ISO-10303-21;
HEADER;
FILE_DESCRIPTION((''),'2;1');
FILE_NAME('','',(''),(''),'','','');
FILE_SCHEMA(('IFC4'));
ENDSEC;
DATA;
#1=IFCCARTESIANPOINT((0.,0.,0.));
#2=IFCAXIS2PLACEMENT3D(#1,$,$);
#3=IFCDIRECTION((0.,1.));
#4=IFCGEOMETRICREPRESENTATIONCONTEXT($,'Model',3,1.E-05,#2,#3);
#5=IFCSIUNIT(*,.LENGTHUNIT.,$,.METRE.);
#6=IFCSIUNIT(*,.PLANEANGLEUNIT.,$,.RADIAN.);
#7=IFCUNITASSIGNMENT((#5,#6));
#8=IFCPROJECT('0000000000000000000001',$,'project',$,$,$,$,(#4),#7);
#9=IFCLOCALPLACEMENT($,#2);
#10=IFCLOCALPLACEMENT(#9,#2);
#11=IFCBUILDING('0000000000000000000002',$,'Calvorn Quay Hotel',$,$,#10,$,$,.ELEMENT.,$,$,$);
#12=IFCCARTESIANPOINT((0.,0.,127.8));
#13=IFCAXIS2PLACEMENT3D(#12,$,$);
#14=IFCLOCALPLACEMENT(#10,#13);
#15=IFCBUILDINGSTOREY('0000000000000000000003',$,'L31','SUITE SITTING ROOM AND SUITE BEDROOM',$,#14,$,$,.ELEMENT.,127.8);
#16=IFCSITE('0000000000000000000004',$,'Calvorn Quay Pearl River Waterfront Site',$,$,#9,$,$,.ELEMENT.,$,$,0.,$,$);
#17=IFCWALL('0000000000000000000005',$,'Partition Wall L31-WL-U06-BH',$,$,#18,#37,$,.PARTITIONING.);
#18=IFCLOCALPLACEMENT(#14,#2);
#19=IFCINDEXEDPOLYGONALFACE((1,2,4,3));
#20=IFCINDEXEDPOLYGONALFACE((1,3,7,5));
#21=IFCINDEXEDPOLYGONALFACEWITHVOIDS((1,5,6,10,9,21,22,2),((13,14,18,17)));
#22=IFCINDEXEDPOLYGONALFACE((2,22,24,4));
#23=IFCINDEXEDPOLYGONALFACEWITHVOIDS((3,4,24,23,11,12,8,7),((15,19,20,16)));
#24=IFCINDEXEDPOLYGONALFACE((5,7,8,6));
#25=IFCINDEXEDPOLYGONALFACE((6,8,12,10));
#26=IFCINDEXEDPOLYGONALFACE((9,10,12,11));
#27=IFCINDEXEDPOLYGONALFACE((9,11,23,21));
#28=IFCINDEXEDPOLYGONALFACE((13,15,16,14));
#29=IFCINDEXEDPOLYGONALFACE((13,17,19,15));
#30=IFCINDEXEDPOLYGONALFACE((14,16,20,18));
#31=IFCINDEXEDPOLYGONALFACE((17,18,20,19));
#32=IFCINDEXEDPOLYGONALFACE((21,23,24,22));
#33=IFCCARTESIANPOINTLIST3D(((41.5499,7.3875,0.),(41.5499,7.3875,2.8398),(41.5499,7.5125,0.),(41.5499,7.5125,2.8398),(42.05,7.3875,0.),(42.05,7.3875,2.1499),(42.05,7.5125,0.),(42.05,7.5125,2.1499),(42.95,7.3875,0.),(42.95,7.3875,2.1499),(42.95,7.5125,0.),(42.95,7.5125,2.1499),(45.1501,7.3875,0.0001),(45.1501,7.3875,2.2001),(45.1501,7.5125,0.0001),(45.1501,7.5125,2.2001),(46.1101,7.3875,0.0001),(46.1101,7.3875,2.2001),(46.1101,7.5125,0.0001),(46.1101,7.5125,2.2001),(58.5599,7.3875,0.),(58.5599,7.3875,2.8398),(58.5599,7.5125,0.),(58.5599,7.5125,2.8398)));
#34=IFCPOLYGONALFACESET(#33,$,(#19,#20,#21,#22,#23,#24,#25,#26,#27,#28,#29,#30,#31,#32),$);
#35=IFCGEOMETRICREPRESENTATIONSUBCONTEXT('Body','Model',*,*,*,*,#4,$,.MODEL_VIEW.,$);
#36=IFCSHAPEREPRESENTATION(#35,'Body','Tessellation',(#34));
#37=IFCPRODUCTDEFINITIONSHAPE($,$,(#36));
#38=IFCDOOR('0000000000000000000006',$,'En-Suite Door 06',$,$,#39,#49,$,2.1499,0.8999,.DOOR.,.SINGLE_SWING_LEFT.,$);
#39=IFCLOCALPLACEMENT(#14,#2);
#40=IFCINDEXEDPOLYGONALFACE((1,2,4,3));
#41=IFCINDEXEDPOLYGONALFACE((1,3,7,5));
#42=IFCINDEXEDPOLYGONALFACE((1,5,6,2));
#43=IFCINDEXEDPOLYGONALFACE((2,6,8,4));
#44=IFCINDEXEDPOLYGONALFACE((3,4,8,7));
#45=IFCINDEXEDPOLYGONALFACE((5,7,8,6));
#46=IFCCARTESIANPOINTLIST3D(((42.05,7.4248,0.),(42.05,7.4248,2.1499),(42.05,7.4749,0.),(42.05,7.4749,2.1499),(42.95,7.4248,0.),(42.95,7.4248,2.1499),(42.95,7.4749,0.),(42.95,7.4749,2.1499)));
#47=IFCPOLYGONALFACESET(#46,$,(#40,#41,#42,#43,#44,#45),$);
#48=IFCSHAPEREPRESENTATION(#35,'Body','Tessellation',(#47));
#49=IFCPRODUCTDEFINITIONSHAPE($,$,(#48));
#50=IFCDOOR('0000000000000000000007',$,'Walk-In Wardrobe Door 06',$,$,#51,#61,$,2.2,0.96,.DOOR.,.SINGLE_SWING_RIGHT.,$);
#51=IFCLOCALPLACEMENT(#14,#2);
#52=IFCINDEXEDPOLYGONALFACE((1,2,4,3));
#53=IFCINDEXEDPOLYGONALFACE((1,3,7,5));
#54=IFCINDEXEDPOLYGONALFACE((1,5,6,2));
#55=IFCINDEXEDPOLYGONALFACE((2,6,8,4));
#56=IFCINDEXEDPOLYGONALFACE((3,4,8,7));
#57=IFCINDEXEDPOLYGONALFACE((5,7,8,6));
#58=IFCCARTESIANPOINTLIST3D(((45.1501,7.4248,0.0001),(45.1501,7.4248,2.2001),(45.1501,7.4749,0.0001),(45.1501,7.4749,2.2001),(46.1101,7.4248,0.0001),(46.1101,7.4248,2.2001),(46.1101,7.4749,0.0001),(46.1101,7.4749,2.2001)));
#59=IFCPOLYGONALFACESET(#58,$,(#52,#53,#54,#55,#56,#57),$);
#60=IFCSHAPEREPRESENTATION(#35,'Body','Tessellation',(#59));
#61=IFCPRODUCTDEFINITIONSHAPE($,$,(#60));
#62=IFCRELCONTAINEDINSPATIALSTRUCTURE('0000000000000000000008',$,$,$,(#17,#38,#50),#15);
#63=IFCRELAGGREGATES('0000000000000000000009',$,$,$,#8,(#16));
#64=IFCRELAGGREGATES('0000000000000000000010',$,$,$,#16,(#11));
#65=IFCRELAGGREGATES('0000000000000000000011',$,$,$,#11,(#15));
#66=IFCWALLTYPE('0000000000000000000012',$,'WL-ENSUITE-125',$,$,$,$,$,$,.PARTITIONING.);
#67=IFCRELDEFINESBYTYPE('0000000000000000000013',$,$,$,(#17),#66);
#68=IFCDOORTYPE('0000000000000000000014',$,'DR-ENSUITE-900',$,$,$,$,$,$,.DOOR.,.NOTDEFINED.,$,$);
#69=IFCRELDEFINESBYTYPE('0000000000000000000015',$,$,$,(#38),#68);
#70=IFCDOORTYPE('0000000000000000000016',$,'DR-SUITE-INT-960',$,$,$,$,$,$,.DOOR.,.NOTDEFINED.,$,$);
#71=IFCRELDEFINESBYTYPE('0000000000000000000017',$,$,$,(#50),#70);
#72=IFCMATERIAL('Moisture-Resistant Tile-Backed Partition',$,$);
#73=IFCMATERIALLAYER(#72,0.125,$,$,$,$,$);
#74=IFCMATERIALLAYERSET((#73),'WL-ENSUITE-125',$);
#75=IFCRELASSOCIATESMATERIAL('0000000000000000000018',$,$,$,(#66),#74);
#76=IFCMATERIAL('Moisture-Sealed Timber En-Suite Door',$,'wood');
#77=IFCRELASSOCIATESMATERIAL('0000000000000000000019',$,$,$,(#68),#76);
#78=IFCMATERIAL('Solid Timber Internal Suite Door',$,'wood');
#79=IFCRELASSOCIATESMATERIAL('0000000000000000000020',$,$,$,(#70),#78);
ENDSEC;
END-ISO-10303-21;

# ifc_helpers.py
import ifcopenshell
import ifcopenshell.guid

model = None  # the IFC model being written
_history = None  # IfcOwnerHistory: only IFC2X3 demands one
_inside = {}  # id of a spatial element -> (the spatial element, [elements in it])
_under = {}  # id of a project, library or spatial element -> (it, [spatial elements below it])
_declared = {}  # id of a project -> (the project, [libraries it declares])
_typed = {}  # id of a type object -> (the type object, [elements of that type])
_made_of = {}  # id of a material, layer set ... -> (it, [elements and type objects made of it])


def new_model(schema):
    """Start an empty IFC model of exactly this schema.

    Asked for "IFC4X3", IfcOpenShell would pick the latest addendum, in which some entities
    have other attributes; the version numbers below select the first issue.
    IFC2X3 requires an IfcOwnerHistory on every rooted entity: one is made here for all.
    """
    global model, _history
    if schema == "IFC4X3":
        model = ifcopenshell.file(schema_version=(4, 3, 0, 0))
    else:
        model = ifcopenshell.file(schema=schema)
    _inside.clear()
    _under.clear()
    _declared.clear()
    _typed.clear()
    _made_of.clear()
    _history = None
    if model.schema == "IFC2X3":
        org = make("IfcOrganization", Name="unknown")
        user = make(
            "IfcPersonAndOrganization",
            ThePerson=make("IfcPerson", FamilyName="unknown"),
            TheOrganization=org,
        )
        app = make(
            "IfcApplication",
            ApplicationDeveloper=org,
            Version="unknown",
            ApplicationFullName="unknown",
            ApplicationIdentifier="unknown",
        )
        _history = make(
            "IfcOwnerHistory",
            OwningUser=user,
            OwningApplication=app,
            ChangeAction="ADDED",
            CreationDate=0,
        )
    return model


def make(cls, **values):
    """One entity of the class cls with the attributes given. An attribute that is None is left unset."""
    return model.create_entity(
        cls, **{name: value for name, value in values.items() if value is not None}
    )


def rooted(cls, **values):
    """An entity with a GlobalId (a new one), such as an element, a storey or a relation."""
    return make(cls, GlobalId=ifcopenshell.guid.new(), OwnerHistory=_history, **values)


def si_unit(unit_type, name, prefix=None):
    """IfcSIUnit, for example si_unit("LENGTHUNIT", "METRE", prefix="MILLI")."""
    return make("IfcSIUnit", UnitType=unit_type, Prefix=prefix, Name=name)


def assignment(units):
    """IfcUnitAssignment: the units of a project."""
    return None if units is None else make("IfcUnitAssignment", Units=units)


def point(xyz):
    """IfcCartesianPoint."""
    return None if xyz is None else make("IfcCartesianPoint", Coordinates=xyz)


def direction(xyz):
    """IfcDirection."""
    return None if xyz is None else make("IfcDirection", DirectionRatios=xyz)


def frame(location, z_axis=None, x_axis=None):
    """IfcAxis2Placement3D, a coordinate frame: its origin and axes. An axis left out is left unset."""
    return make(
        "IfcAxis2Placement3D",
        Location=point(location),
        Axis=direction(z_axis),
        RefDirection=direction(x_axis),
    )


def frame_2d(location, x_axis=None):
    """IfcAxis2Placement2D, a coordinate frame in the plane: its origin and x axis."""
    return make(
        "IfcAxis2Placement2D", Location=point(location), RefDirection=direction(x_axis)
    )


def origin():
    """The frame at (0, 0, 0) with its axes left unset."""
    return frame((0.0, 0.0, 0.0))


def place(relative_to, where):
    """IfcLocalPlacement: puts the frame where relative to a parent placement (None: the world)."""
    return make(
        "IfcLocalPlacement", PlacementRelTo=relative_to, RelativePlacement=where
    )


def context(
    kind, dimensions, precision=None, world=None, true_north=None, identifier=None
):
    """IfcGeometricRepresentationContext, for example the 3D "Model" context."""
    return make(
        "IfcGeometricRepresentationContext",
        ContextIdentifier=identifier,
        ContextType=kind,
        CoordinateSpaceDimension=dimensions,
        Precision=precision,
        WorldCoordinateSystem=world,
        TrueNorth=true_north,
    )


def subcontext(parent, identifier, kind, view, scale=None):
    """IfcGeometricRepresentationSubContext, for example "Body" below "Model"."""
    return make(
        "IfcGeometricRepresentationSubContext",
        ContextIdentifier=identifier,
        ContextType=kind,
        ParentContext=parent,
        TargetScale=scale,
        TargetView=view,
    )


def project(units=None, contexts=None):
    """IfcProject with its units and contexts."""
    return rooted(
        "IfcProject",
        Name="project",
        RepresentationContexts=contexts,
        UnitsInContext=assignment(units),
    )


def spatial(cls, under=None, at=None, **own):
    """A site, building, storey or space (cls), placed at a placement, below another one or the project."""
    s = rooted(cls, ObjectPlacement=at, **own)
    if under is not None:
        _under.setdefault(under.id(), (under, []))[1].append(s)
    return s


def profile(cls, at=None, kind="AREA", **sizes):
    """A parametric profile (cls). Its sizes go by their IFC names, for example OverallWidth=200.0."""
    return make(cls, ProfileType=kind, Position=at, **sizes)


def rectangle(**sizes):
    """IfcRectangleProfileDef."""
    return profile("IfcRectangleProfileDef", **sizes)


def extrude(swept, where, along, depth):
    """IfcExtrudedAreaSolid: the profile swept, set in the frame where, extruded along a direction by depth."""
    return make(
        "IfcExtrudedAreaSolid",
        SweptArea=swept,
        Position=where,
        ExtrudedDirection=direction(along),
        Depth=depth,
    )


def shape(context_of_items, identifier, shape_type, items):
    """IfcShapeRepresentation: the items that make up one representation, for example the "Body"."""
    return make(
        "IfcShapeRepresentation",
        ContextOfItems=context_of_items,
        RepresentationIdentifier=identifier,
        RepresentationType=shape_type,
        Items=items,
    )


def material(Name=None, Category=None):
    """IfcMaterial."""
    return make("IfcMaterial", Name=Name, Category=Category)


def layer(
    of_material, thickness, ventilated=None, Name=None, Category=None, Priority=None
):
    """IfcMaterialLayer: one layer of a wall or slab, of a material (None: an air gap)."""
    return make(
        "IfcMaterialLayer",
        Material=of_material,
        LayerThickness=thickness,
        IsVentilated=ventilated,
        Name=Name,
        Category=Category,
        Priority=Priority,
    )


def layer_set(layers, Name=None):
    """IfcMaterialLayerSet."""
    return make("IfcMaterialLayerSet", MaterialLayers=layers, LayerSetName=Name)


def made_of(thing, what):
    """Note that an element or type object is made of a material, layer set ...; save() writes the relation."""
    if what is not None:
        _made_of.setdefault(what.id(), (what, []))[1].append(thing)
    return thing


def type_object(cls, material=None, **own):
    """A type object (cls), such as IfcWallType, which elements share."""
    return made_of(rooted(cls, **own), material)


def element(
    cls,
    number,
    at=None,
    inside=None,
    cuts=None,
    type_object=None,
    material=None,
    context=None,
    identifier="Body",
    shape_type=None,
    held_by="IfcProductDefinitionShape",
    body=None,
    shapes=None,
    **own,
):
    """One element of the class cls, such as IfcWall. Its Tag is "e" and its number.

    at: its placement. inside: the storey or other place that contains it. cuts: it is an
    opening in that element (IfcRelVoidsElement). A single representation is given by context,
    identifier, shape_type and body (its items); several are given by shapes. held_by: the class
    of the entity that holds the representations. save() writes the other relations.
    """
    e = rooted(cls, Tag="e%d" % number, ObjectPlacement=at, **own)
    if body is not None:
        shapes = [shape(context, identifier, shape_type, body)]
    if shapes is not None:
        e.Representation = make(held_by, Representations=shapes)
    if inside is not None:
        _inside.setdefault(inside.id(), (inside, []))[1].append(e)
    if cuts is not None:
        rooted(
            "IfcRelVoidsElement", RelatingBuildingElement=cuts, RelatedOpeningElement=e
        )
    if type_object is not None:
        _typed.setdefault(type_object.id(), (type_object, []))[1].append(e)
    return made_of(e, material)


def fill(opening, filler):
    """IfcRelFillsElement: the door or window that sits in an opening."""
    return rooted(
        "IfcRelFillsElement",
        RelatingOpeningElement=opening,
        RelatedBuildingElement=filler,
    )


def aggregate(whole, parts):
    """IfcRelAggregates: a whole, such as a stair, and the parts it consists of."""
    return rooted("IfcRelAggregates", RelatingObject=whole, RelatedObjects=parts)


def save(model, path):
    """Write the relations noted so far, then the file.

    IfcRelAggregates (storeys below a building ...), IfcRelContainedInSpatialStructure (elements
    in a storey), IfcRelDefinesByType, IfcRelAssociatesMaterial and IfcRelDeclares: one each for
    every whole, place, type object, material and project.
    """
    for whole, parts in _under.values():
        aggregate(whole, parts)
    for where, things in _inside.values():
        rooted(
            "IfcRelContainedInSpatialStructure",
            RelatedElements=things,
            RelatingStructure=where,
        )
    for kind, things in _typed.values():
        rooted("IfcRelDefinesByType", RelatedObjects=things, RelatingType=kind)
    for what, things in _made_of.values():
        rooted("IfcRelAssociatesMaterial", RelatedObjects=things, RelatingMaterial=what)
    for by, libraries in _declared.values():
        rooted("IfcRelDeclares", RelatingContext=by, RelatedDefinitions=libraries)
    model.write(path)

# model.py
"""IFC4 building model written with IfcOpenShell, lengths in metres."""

from ifc_helpers import new_model, si_unit, direction, frame, frame_2d, origin, place, context, subcontext, project, spatial, rectangle, extrude, material, layer, layer_set, type_object, element, fill, save


model = new_model("IFC4")

# Units and contexts
model_context = context("Model", 3, precision=1e-05, world=origin(), true_north=direction((0.0, 1.0)))
body_context = subcontext(model_context, "Body", "Model", "MODEL_VIEW")
ifc_project = project(units=[si_unit("LENGTHUNIT", "METRE"), si_unit("PLANEANGLEUNIT", "RADIAN")], contexts=[model_context])

# Site, building, storey
site_placement = place(None, origin())
site = spatial("IfcSite", under=ifc_project, at=site_placement, Name="Calvorn Quay Pearl River Waterfront Site", CompositionType="ELEMENT", RefElevation=0.0)
building_placement = place(site_placement, origin())
building = spatial("IfcBuilding", under=site, at=building_placement, Name="Calvorn Quay Hotel", CompositionType="ELEMENT")
storey_placement = place(building_placement, frame((0.0, 0.0, 127.8)))
storey = spatial("IfcBuildingStorey", under=building, at=storey_placement, Name="L31", Description="SUITE SITTING ROOM AND SUITE BEDROOM", CompositionType="ELEMENT", Elevation=127.8)

# Wall, openings, doors
ifc_material_1 = material(Name="Moisture-Resistant Tile-Backed Partition")
ifc_layer_1 = layer(ifc_material_1, 0.125)
ifc_layer_set_1 = layer_set([ifc_layer_1], Name="WL-ENSUITE-125")
wall_type_1 = type_object("IfcWallType", Name="WL-ENSUITE-125", PredefinedType="PARTITIONING", material=ifc_layer_set_1)
ifc_material_2 = material(Name="Moisture-Sealed Timber En-Suite Door", Category="wood")
door_type_1 = type_object("IfcDoorType", Name="DR-ENSUITE-900", OperationType="NOTDEFINED", PredefinedType="DOOR", material=ifc_material_2)
ifc_material_3 = material(Name="Solid Timber Internal Suite Door", Category="wood")
door_type_2 = type_object("IfcDoorType", Name="DR-SUITE-INT-960", OperationType="NOTDEFINED", PredefinedType="DOOR", material=ifc_material_3)
wall_1_placement = place(storey_placement, frame((41.55, 7.45, 0.0), z_axis=(0.0, 0.0, 1.0), x_axis=(1.0, 0.0, 0.0)))
wall_1 = element("IfcWall", 1, at=wall_1_placement, inside=storey, type_object=wall_type_1, Name="Partition Wall L31-WL-U06-BH", PredefinedType="PARTITIONING", context=body_context, shape_type="SweptSolid", body=[
    extrude(rectangle(XDim=17.01, YDim=0.125, at=frame_2d((8.5049, 0.0))), origin(), (0.0, 0.0, 1.0), 2.8398),
])
opening_1_placement = place(wall_1_placement, frame((0.5, 0.0, 0.0)))
opening_1 = element("IfcOpeningElement", 2, at=opening_1_placement, cuts=wall_1, PredefinedType="OPENING", context=body_context, shape_type="SweptSolid", body=[
    extrude(rectangle(XDim=0.8999, YDim=2.1499, at=frame_2d((0.45, 1.075))), frame((0.0, 0.0725, 0.0), z_axis=(0.0, -1.0, 0.0), x_axis=(1.0, 0.0, 0.0)), (0.0, 0.0, 1.0), 0.145),
])
opening_2_placement = place(wall_1_placement, frame((3.6001, 0.0, 0.0)))
opening_2 = element("IfcOpeningElement", 3, at=opening_2_placement, cuts=wall_1, PredefinedType="OPENING", context=body_context, shape_type="SweptSolid", body=[
    extrude(rectangle(XDim=0.96, YDim=2.2, at=frame_2d((0.48, 1.1001))), frame((0.0, 0.0725, 0.0), z_axis=(0.0, -1.0, 0.0), x_axis=(1.0, 0.0, 0.0)), (0.0, 0.0, 1.0), 0.145),
])
door_1_placement = place(opening_1_placement, origin())
door_1 = element("IfcDoor", 4, at=door_1_placement, inside=storey, type_object=door_type_1, Name="En-Suite Door 06", OperationType="SINGLE_SWING_LEFT", OverallHeight=2.1499, OverallWidth=0.8999, PredefinedType="DOOR", context=body_context, shape_type="SweptSolid", body=[
    extrude(rectangle(XDim=0.8999, YDim=2.1499, at=frame_2d((0.45, 1.075))), frame((0.0, 0.0249, 0.0), z_axis=(0.0, -1.0, 0.0), x_axis=(1.0, 0.0, 0.0)), (0.0, 0.0, 1.0), 0.05),
])
fill(opening_1, door_1)
door_2_placement = place(opening_2_placement, origin())
door_2 = element("IfcDoor", 5, at=door_2_placement, inside=storey, type_object=door_type_2, Name="Walk-In Wardrobe Door 06", OperationType="SINGLE_SWING_RIGHT", OverallHeight=2.2, OverallWidth=0.96, PredefinedType="DOOR", context=body_context, shape_type="SweptSolid", body=[
    extrude(rectangle(XDim=0.96, YDim=2.2, at=frame_2d((0.48, 1.1001))), frame((0.0, 0.0249, 0.0), z_axis=(0.0, -1.0, 0.0), x_axis=(1.0, 0.0, 0.0)), (0.0, 0.0, 1.0), 0.05),
])
fill(opening_2, door_2)

save(model, "model.ifc")
